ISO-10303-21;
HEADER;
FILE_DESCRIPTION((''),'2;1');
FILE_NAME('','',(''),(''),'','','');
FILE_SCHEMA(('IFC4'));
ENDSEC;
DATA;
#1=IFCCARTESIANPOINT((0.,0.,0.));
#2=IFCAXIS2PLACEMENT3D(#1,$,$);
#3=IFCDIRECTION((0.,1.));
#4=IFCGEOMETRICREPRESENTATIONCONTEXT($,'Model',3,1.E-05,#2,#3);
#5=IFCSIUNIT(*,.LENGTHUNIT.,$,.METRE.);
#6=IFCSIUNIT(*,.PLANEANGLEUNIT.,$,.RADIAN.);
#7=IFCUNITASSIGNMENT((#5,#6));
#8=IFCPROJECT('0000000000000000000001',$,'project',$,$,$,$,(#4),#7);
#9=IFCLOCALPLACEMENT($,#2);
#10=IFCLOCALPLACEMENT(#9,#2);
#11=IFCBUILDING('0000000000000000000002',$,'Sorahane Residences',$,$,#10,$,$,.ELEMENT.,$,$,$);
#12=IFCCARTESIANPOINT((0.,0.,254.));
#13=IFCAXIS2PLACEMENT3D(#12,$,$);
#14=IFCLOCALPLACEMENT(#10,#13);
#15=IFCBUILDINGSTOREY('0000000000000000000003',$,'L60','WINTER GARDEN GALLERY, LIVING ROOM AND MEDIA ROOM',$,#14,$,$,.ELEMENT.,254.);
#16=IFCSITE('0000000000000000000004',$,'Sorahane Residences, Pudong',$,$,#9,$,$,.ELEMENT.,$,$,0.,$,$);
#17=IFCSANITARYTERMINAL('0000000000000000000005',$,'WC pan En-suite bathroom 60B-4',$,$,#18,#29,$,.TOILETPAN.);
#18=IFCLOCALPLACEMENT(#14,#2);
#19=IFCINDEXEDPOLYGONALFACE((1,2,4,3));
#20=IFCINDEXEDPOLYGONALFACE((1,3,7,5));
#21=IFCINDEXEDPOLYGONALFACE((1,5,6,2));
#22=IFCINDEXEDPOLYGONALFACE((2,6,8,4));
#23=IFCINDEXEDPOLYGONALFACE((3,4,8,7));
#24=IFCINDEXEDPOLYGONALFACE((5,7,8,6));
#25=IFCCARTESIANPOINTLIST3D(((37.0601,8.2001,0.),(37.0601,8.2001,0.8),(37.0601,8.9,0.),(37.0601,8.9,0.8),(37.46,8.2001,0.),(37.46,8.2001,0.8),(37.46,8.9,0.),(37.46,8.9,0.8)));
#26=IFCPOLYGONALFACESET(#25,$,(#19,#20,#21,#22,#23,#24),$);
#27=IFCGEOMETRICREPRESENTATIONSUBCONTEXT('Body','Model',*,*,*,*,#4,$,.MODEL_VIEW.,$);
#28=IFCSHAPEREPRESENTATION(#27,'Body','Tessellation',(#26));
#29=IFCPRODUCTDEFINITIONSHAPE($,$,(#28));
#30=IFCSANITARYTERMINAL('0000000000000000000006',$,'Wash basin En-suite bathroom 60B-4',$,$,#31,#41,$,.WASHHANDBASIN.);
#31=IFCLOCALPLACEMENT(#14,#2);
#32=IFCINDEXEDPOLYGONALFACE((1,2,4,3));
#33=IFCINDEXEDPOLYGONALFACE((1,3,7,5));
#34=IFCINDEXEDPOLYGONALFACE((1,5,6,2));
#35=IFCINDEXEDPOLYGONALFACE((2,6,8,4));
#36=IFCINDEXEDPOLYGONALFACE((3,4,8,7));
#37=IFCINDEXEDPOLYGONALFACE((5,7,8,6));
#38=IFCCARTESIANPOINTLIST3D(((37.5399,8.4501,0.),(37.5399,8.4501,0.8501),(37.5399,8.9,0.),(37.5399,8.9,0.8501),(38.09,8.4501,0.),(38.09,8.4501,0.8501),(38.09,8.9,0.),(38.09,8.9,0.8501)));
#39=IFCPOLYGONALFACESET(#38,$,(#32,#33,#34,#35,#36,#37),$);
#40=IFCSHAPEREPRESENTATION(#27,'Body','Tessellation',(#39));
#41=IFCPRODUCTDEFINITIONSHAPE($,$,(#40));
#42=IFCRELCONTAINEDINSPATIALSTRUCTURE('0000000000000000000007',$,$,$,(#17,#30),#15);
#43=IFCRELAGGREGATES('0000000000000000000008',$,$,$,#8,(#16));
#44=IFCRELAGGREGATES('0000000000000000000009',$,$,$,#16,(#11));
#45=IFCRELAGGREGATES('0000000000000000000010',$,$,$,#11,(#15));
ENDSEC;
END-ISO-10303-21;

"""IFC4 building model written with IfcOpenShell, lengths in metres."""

from ifc_helpers import new_model, si_unit, direction, frame, origin, origin_2d, place, context, subcontext, project, spatial, rectangle, extrude, element, save


model = new_model("IFC4")

# Units and contexts
model_context = context("Model", 3, precision=1e-05, world=origin(), true_north=direction((0.0, 1.0)))
body_context = subcontext(model_context, "Body", "Model", "MODEL_VIEW")
ifc_project = project(units=[si_unit("LENGTHUNIT", "METRE"), si_unit("PLANEANGLEUNIT", "RADIAN")], contexts=[model_context])

# Site, building, storey
site_placement = place(None, origin())
site = spatial("IfcSite", under=ifc_project, at=site_placement, Name="Sorahane Residences, Pudong", CompositionType="ELEMENT", RefElevation=0.0)
building_placement = place(site_placement, origin())
building = spatial("IfcBuilding", under=site, at=building_placement, Name="Sorahane Residences", CompositionType="ELEMENT")
storey_placement = place(building_placement, frame((0.0, 0.0, 254.0)))
storey = spatial("IfcBuildingStorey", under=building, at=storey_placement, Name="L60", Description="WINTER GARDEN GALLERY, LIVING ROOM AND MEDIA ROOM", CompositionType="ELEMENT", Elevation=254.0)

# Sanitary terminals
sanitary_terminal_1_placement = place(storey_placement, frame((37.26, 8.55, 0.0), z_axis=(0.0, 0.0, 1.0), x_axis=(1.0, 0.0, 0.0)))
element("IfcSanitaryTerminal", 1, at=sanitary_terminal_1_placement, inside=storey, Name="WC pan En-suite bathroom 60B-4", PredefinedType="TOILETPAN", context=body_context, shape_type="SweptSolid", body=[
    extrude(rectangle(XDim=0.3999, YDim=0.7, at=origin_2d()), origin(), (0.0, 0.0, 1.0), 0.8),
])
sanitary_terminal_2_placement = place(storey_placement, frame((37.8149, 8.675, 0.0), z_axis=(0.0, 0.0, 1.0), x_axis=(1.0, 0.0, 0.0)))
element("IfcSanitaryTerminal", 2, at=sanitary_terminal_2_placement, inside=storey, Name="Wash basin En-suite bathroom 60B-4", PredefinedType="WASHHANDBASIN", context=body_context, shape_type="SweptSolid", body=[
    extrude(rectangle(XDim=0.55, YDim=0.45, at=origin_2d()), origin(), (0.0, 0.0, 1.0), 0.8501),
])

save(model, "model.ifc")
